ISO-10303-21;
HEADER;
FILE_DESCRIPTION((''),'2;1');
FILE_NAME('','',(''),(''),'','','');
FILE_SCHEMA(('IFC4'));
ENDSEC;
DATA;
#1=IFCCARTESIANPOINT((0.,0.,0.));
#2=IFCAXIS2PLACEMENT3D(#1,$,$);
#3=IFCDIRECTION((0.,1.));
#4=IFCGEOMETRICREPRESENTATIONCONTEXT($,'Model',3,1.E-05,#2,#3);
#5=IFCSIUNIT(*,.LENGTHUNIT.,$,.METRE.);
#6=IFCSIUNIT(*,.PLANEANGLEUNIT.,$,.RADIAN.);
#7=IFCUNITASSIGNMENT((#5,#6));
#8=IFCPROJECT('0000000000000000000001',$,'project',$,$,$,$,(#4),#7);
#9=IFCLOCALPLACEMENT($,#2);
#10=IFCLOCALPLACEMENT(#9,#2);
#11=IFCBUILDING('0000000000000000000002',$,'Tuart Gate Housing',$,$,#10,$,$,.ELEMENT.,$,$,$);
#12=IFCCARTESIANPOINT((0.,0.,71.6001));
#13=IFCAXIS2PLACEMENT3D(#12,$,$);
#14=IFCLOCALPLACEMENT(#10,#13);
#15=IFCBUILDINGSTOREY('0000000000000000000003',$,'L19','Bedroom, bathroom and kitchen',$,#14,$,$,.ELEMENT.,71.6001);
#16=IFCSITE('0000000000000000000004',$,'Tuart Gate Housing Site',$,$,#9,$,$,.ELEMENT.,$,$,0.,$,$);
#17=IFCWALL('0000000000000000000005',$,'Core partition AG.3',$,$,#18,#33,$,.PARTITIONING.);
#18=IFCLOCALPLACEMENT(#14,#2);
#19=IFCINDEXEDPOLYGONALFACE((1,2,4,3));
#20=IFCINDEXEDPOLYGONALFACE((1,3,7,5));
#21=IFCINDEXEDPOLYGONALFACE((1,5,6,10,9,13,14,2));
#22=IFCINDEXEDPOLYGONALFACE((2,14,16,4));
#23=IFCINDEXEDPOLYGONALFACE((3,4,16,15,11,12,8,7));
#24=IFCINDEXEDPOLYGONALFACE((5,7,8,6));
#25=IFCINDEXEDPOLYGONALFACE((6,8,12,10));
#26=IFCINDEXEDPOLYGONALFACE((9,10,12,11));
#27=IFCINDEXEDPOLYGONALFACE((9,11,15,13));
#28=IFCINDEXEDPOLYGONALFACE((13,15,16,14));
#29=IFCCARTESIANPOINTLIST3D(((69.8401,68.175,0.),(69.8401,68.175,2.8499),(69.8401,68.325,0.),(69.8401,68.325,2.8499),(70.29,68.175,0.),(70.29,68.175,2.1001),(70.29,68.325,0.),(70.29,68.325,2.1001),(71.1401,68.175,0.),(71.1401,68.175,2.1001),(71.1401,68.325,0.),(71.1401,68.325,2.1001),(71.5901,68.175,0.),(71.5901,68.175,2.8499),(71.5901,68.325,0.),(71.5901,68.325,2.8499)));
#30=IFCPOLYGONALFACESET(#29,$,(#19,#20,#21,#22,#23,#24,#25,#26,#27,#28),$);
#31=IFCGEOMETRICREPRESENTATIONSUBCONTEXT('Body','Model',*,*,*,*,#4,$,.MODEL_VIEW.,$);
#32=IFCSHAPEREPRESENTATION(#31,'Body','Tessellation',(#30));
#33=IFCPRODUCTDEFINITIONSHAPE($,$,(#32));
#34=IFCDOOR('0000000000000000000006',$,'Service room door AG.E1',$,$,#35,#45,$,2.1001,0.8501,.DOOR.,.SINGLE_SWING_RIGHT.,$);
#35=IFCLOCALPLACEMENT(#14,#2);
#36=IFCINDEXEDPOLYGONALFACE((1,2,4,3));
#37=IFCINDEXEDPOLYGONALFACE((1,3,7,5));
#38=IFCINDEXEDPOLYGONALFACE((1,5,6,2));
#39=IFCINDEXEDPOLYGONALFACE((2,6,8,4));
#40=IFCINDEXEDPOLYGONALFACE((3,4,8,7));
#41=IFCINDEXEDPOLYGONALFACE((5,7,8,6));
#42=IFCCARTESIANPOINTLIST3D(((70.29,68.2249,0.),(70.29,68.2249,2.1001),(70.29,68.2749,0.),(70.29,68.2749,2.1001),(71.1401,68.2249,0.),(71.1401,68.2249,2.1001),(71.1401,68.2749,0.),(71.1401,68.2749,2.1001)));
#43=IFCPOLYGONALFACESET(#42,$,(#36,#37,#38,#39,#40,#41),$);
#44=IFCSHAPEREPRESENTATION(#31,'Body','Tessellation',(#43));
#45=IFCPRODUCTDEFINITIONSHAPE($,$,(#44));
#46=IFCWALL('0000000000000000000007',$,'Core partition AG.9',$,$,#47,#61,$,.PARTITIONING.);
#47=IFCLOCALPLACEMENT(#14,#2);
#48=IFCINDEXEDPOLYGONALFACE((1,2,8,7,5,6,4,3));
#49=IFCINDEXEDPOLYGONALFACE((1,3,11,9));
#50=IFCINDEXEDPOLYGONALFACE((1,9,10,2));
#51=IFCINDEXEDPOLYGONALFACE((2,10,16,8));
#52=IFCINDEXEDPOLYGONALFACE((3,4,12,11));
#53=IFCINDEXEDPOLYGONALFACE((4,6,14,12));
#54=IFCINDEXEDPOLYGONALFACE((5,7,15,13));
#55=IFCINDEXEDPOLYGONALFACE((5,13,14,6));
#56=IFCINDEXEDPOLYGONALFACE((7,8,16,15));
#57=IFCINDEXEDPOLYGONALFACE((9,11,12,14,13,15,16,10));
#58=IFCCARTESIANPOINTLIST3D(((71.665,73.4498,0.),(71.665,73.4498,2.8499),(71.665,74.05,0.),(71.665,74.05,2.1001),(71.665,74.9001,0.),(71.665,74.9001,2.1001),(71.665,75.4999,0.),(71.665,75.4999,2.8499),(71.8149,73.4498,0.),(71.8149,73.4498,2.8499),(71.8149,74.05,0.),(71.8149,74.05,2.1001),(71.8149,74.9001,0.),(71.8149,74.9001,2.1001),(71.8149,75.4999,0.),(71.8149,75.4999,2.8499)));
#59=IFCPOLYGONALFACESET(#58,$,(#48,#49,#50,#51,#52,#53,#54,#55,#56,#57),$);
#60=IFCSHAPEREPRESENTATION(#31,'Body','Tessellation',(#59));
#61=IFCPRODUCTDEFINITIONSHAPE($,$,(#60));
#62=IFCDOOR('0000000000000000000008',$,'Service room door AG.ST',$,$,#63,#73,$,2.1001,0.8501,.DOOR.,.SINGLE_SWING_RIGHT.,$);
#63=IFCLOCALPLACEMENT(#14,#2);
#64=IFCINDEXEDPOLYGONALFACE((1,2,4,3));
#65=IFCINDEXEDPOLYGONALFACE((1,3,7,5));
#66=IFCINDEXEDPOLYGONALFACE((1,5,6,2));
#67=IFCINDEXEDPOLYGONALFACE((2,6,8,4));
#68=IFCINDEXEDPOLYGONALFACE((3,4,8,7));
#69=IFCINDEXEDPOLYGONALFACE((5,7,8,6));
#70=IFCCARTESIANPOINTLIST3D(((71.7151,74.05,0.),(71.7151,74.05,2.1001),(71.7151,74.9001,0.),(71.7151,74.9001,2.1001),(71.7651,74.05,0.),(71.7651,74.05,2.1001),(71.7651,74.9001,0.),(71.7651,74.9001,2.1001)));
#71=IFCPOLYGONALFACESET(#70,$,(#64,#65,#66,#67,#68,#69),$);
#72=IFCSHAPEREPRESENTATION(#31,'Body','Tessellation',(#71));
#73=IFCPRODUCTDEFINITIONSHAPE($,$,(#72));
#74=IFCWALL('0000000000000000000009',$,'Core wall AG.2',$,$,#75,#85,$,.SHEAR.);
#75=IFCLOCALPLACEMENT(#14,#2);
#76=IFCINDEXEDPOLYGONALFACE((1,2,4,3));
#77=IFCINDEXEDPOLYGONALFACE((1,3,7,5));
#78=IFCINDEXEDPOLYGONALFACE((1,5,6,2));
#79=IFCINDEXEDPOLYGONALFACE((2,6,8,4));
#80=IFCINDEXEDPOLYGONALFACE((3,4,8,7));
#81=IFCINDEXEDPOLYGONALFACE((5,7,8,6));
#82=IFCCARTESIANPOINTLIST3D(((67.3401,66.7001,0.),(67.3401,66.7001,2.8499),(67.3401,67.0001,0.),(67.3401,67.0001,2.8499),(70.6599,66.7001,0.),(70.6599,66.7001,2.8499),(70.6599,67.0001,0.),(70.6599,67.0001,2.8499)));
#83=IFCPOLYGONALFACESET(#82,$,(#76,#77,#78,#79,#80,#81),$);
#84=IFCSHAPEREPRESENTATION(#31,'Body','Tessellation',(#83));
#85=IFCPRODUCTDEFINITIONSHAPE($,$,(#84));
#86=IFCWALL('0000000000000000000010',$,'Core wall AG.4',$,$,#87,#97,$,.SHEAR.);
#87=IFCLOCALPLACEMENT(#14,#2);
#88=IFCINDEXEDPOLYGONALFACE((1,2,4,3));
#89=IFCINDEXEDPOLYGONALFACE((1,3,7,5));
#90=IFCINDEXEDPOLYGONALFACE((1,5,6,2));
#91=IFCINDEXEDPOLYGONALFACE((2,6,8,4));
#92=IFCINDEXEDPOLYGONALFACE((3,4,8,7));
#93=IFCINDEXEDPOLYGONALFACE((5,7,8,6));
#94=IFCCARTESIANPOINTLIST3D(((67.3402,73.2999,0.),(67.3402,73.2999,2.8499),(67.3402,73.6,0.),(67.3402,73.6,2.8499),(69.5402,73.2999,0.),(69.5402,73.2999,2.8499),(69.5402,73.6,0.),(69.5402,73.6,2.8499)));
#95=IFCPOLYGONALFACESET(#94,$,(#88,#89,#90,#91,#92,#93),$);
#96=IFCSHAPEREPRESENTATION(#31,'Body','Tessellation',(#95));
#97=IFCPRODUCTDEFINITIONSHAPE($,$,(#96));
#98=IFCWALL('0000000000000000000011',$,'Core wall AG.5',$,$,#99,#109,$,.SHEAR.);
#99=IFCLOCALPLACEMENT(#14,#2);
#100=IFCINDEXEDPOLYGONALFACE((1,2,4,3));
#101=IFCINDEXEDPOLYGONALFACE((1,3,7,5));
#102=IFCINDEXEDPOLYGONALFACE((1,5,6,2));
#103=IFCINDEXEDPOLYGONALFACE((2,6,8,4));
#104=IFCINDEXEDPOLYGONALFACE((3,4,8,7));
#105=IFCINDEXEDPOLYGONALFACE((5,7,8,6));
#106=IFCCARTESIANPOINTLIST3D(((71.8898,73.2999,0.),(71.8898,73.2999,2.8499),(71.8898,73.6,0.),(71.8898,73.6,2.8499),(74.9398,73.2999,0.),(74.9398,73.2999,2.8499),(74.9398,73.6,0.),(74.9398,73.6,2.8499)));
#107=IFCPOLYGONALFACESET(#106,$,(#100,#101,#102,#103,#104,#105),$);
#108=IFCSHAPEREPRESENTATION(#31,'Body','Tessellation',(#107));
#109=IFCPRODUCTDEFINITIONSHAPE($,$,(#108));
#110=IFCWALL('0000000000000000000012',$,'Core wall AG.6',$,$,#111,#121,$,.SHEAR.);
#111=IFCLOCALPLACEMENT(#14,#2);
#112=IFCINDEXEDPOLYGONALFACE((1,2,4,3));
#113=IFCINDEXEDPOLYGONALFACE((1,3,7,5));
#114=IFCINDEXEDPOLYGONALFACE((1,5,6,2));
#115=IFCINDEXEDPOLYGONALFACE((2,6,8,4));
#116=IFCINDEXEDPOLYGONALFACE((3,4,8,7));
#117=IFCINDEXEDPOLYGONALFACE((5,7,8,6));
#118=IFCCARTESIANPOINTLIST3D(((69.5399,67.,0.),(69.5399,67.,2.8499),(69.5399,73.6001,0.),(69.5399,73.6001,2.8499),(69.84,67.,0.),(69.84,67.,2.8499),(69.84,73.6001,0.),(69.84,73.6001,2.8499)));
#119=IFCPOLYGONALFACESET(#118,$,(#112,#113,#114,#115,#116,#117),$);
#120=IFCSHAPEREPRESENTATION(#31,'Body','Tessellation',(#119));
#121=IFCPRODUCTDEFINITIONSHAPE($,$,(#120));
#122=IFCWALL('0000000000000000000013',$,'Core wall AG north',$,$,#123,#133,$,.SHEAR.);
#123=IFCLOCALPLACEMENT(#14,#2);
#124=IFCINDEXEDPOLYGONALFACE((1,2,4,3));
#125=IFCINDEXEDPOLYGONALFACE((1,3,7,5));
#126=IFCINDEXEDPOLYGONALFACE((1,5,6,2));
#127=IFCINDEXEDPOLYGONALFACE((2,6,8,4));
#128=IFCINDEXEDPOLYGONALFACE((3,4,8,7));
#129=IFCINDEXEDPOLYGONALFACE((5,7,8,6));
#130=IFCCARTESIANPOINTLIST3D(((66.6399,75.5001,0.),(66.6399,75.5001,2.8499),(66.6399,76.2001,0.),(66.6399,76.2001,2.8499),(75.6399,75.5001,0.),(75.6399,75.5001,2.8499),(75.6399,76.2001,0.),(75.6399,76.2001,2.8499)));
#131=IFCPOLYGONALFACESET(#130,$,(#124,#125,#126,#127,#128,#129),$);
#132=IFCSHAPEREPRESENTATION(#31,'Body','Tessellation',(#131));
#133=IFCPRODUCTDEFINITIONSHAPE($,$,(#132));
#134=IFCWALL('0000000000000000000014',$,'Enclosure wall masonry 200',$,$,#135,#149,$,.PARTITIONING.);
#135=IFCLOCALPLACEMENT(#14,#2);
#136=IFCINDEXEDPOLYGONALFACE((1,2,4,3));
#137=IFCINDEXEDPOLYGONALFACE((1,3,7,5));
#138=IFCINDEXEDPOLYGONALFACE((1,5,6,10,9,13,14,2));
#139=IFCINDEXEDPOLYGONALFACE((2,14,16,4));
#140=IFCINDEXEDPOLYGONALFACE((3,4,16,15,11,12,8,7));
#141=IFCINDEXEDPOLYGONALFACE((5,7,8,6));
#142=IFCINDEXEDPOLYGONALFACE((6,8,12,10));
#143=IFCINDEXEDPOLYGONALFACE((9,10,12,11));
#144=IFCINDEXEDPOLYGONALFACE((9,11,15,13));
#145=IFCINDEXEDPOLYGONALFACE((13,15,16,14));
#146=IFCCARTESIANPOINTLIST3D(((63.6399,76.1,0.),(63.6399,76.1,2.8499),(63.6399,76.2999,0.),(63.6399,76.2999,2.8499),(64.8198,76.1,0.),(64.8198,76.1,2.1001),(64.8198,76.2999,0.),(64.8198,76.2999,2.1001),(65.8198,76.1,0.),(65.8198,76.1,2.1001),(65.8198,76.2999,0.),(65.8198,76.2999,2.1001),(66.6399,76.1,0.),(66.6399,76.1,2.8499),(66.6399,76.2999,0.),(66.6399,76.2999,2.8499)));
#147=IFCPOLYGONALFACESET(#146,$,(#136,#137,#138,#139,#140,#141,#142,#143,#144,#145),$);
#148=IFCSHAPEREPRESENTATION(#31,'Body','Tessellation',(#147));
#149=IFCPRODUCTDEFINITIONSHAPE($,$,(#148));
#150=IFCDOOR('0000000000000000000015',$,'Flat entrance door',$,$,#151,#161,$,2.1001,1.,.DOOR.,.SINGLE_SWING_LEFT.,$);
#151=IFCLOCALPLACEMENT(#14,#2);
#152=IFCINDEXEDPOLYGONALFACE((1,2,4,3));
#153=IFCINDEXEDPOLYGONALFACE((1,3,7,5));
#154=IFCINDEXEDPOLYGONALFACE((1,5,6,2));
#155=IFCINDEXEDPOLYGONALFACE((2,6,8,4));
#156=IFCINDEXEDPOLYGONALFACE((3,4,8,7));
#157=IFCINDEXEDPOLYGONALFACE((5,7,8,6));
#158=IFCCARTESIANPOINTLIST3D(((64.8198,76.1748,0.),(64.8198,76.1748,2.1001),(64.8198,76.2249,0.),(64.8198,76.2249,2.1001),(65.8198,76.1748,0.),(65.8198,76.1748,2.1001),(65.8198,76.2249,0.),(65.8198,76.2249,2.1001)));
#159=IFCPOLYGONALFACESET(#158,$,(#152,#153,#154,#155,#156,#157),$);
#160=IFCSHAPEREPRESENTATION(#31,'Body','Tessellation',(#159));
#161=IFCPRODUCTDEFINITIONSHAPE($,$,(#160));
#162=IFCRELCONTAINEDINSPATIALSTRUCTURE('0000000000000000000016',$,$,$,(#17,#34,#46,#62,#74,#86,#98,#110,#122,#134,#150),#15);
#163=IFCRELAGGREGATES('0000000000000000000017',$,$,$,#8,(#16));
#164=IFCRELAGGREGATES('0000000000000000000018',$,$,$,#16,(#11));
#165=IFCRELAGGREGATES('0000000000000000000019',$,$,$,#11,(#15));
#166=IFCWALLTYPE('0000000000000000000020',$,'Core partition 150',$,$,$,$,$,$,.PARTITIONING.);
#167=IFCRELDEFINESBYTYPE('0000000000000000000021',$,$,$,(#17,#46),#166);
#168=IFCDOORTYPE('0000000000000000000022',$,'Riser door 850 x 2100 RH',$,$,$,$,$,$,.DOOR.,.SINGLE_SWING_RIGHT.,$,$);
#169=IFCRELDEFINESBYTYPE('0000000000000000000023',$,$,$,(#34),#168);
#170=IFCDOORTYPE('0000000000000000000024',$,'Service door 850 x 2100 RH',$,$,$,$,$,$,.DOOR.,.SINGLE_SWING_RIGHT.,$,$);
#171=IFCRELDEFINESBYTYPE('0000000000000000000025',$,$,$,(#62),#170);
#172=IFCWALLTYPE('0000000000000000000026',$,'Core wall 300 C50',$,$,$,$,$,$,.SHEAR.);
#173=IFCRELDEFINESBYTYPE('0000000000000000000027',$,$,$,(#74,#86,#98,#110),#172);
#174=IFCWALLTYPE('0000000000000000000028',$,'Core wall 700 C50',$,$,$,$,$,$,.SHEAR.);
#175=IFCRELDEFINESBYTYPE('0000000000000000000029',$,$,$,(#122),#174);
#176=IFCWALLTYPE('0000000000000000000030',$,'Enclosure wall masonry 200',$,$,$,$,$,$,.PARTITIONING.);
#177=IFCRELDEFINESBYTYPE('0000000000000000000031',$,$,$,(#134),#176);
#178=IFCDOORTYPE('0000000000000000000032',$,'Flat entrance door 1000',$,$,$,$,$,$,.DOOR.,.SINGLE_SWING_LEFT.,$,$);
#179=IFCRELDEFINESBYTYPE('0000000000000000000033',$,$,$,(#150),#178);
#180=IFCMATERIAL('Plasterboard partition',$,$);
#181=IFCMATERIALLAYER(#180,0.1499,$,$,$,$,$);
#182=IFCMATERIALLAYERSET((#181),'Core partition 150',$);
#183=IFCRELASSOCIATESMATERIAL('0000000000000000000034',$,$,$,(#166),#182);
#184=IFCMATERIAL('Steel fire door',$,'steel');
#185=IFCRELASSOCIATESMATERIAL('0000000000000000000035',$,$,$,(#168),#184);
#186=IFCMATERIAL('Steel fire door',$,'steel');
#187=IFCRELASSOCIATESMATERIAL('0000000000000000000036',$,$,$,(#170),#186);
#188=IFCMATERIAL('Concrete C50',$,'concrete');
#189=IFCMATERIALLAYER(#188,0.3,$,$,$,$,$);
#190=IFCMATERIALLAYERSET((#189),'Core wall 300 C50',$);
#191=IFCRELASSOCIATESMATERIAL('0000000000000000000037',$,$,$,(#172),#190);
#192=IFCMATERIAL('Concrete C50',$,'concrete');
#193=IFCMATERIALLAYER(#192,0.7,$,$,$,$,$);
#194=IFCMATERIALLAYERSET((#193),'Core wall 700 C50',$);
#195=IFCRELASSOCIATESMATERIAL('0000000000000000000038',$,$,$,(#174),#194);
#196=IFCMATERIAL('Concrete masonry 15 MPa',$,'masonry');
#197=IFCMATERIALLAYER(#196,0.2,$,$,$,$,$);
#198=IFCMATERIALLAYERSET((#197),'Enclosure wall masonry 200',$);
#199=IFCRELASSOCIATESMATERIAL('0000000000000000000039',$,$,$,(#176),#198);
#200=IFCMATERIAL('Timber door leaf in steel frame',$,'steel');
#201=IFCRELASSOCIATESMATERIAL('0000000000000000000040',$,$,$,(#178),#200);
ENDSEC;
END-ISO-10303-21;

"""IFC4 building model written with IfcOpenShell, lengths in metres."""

from ifc_helpers import new_model, si_unit, direction, frame, frame_2d, origin, place, context, subcontext, project, spatial, rectangle, extrude, material, layer, layer_set, type_object, element, fill, save


model = new_model("IFC4")

# Units and contexts
model_context = context("Model", 3, precision=1e-05, world=origin(), true_north=direction((0.0, 1.0)))
body_context = subcontext(model_context, "Body", "Model", "MODEL_VIEW")
ifc_project = project(units=[si_unit("LENGTHUNIT", "METRE"), si_unit("PLANEANGLEUNIT", "RADIAN")], contexts=[model_context])

# Site, building, storey
site_placement = place(None, origin())
site = spatial("IfcSite", under=ifc_project, at=site_placement, Name="Tuart Gate Housing Site", CompositionType="ELEMENT", RefElevation=0.0)
building_placement = place(site_placement, origin())
building = spatial("IfcBuilding", under=site, at=building_placement, Name="Tuart Gate Housing", CompositionType="ELEMENT")
storey_placement = place(building_placement, frame((0.0, 0.0, 71.6001)))
storey = spatial("IfcBuildingStorey", under=building, at=storey_placement, Name="L19", Description="Bedroom, bathroom and kitchen", CompositionType="ELEMENT", Elevation=71.6001)

# Walls, openings, doors
ifc_material_1 = material(Name="Plasterboard partition")
ifc_layer_1 = layer(ifc_material_1, 0.1499)
ifc_layer_set_1 = layer_set([ifc_layer_1], Name="Core partition 150")
wall_type_1 = type_object("IfcWallType", Name="Core partition 150", PredefinedType="PARTITIONING", material=ifc_layer_set_1)
wall_1_placement = place(storey_placement, frame((69.8401, 68.25, 0.0), z_axis=(0.0, 0.0, 1.0), x_axis=(1.0, 0.0, 0.0)))
wall_1 = element("IfcWall", 1, at=wall_1_placement, inside=storey, type_object=wall_type_1, Name="Core partition AG.3", PredefinedType="PARTITIONING", context=body_context, shape_type="SweptSolid", body=[
    extrude(rectangle(XDim=1.75, YDim=0.1499, at=frame_2d((0.875, 0.0))), origin(), (0.0, 0.0, 1.0), 2.8499),
])
opening_1_placement = place(wall_1_placement, frame((0.45, 0.0, 0.0)))
opening_1 = element("IfcOpeningElement", 2, at=opening_1_placement, cuts=wall_1, PredefinedType="OPENING", context=body_context, shape_type="SweptSolid", body=[
    extrude(rectangle(XDim=0.8501, YDim=2.1001, at=frame_2d((0.425, 1.05))), frame((0.0, 0.085, 0.0), z_axis=(0.0, -1.0, 0.0), x_axis=(1.0, 0.0, 0.0)), (0.0, 0.0, 1.0), 0.1699),
])
ifc_material_2 = material(Name="Steel fire door", Category="steel")
door_type_1 = type_object("IfcDoorType", Name="Riser door 850 x 2100 RH", OperationType="SINGLE_SWING_RIGHT", PredefinedType="DOOR", material=ifc_material_2)
door_1_placement = place(opening_1_placement, frame((0.8501, 0.0, 0.0), z_axis=(0.0, 0.0, 1.0), x_axis=(-1.0, 0.0, 0.0)))
door_1 = element("IfcDoor", 3, at=door_1_placement, inside=storey, type_object=door_type_1, Name="Service room door AG.E1", OperationType="SINGLE_SWING_RIGHT", OverallHeight=2.1001, OverallWidth=0.8501, PredefinedType="DOOR", context=body_context, shape_type="SweptSolid", body=[
    extrude(rectangle(XDim=0.8501, YDim=2.1001, at=frame_2d((0.425, 1.05))), frame((0.0, 0.0251, 0.0), z_axis=(0.0, -1.0, 0.0), x_axis=(1.0, 0.0, 0.0)), (0.0, 0.0, 1.0), 0.05),
])
fill(opening_1, door_1)
wall_2_placement = place(storey_placement, frame((71.74, 73.45, 0.0), z_axis=(0.0, 0.0, 1.0), x_axis=(0.0, 1.0, 0.0)))
wall_2 = element("IfcWall", 4, at=wall_2_placement, inside=storey, type_object=wall_type_1, Name="Core partition AG.9", PredefinedType="PARTITIONING", context=body_context, shape_type="SweptSolid", body=[
    extrude(rectangle(XDim=2.05, YDim=0.1499, at=frame_2d((1.0249, 0.0))), origin(), (0.0, 0.0, 1.0), 2.8499),
])
opening_2_placement = place(wall_2_placement, frame((0.6001, 0.0, 0.0)))
opening_2 = element("IfcOpeningElement", 5, at=opening_2_placement, cuts=wall_2, PredefinedType="OPENING", context=body_context, shape_type="SweptSolid", body=[
    extrude(rectangle(XDim=0.8501, YDim=2.1001, at=frame_2d((0.425, 1.05))), frame((0.0, 0.085, 0.0), z_axis=(0.0, -1.0, 0.0), x_axis=(1.0, 0.0, 0.0)), (0.0, 0.0, 1.0), 0.1699),
])
ifc_material_3 = material(Name="Steel fire door", Category="steel")
door_type_2 = type_object("IfcDoorType", Name="Service door 850 x 2100 RH", OperationType="SINGLE_SWING_RIGHT", PredefinedType="DOOR", material=ifc_material_3)
door_2_placement = place(opening_2_placement, frame((0.8501, 0.0, 0.0), z_axis=(0.0, 0.0, 1.0), x_axis=(-1.0, 0.0, 0.0)))
door_2 = element("IfcDoor", 6, at=door_2_placement, inside=storey, type_object=door_type_2, Name="Service room door AG.ST", OperationType="SINGLE_SWING_RIGHT", OverallHeight=2.1001, OverallWidth=0.8501, PredefinedType="DOOR", context=body_context, shape_type="SweptSolid", body=[
    extrude(rectangle(XDim=0.8501, YDim=2.1001, at=frame_2d((0.425, 1.05))), frame((0.0, 0.0251, 0.0), z_axis=(0.0, -1.0, 0.0), x_axis=(1.0, 0.0, 0.0)), (0.0, 0.0, 1.0), 0.05),
])
fill(opening_2, door_2)

# Walls
ifc_material_4 = material(Name="Concrete C50", Category="concrete")
ifc_layer_2 = layer(ifc_material_4, 0.3)
ifc_layer_set_2 = layer_set([ifc_layer_2], Name="Core wall 300 C50")
wall_type_2 = type_object("IfcWallType", Name="Core wall 300 C50", PredefinedType="SHEAR", material=ifc_layer_set_2)
wall_3_placement = place(storey_placement, frame((67.3401, 66.8501, 0.0), z_axis=(0.0, 0.0, 1.0), x_axis=(1.0, 0.0, 0.0)))
element("IfcWall", 7, at=wall_3_placement, inside=storey, type_object=wall_type_2, Name="Core wall AG.2", PredefinedType="SHEAR", context=body_context, shape_type="SweptSolid", body=[
    extrude(rectangle(XDim=3.3198, YDim=0.3, at=frame_2d((1.6599, 0.0))), origin(), (0.0, 0.0, 1.0), 2.8499),
])
wall_4_placement = place(storey_placement, frame((67.3401, 73.45, 0.0), z_axis=(0.0, 0.0, 1.0), x_axis=(1.0, 0.0, 0.0)))
element("IfcWall", 8, at=wall_4_placement, inside=storey, type_object=wall_type_2, Name="Core wall AG.4", PredefinedType="SHEAR", context=body_context, shape_type="SweptSolid", body=[
    extrude(rectangle(XDim=2.2, YDim=0.3, at=frame_2d((1.1001, 0.0))), origin(), (0.0, 0.0, 1.0), 2.8499),
])
wall_5_placement = place(storey_placement, frame((71.8899, 73.45, 0.0), z_axis=(0.0, 0.0, 1.0), x_axis=(1.0, 0.0, 0.0)))
element("IfcWall", 9, at=wall_5_placement, inside=storey, type_object=wall_type_2, Name="Core wall AG.5", PredefinedType="SHEAR", context=body_context, shape_type="SweptSolid", body=[
    extrude(rectangle(XDim=3.05, YDim=0.3, at=frame_2d((1.5249, 0.0))), origin(), (0.0, 0.0, 1.0), 2.8499),
])
wall_6_placement = place(storey_placement, frame((69.6899, 67.0, 0.0), z_axis=(0.0, 0.0, 1.0), x_axis=(0.0, 1.0, 0.0)))
element("IfcWall", 10, at=wall_6_placement, inside=storey, type_object=wall_type_2, Name="Core wall AG.6", PredefinedType="SHEAR", context=body_context, shape_type="SweptSolid", body=[
    extrude(rectangle(XDim=6.6001, YDim=0.3, at=frame_2d((3.3, 0.0))), origin(), (0.0, 0.0, 1.0), 2.8499),
])
ifc_material_5 = material(Name="Concrete C50", Category="concrete")
ifc_layer_3 = layer(ifc_material_5, 0.7)
ifc_layer_set_3 = layer_set([ifc_layer_3], Name="Core wall 700 C50")
wall_type_3 = type_object("IfcWallType", Name="Core wall 700 C50", PredefinedType="SHEAR", material=ifc_layer_set_3)
wall_7_placement = place(storey_placement, frame((66.6399, 75.8501, 0.0), z_axis=(0.0, 0.0, 1.0), x_axis=(1.0, 0.0, 0.0)))
element("IfcWall", 11, at=wall_7_placement, inside=storey, type_object=wall_type_3, Name="Core wall AG north", PredefinedType="SHEAR", context=body_context, shape_type="SweptSolid", body=[
    extrude(rectangle(XDim=9.0, YDim=0.7, at=frame_2d((4.5, 0.0))), origin(), (0.0, 0.0, 1.0), 2.8499),
])

# Wall, opening, door
ifc_material_6 = material(Name="Concrete masonry 15 MPa", Category="masonry")
ifc_layer_4 = layer(ifc_material_6, 0.2)
ifc_layer_set_4 = layer_set([ifc_layer_4], Name="Enclosure wall masonry 200")
wall_type_4 = type_object("IfcWallType", Name="Enclosure wall masonry 200", PredefinedType="PARTITIONING", material=ifc_layer_set_4)
wall_8_placement = place(storey_placement, frame((63.6399, 76.2, 0.0), z_axis=(0.0, 0.0, 1.0), x_axis=(1.0, 0.0, 0.0)))
wall_8 = element("IfcWall", 12, at=wall_8_placement, inside=storey, type_object=wall_type_4, Name="Enclosure wall masonry 200", PredefinedType="PARTITIONING", context=body_context, shape_type="SweptSolid", body=[
    extrude(rectangle(XDim=3.0, YDim=0.2, at=frame_2d((1.5, 0.0))), origin(), (0.0, 0.0, 1.0), 2.8499),
])
opening_3_placement = place(wall_8_placement, frame((1.1799, 0.0, 0.0)))
opening_3 = element("IfcOpeningElement", 13, at=opening_3_placement, cuts=wall_8, PredefinedType="OPENING", context=body_context, shape_type="SweptSolid", body=[
    extrude(rectangle(XDim=1.0, YDim=2.1001, at=frame_2d((0.5, 1.05))), frame((0.0, 0.1099, 0.0), z_axis=(0.0, -1.0, 0.0), x_axis=(1.0, 0.0, 0.0)), (0.0, 0.0, 1.0), 0.22),
])
ifc_material_7 = material(Name="Timber door leaf in steel frame", Category="steel")
door_type_3 = type_object("IfcDoorType", Name="Flat entrance door 1000", OperationType="SINGLE_SWING_LEFT", PredefinedType="DOOR", material=ifc_material_7)
door_3_placement = place(opening_3_placement, origin())
door_3 = element("IfcDoor", 14, at=door_3_placement, inside=storey, type_object=door_type_3, Name="Flat entrance door", OperationType="SINGLE_SWING_LEFT", OverallHeight=2.1001, OverallWidth=1.0, PredefinedType="DOOR", context=body_context, shape_type="SweptSolid", body=[
    extrude(rectangle(XDim=1.0, YDim=2.1001, at=frame_2d((0.5, 1.05))), frame((0.0, 0.0249, 0.0), z_axis=(0.0, -1.0, 0.0), x_axis=(1.0, 0.0, 0.0)), (0.0, 0.0, 1.0), 0.05),
])
fill(opening_3, door_3)

save(model, "model.ifc")
